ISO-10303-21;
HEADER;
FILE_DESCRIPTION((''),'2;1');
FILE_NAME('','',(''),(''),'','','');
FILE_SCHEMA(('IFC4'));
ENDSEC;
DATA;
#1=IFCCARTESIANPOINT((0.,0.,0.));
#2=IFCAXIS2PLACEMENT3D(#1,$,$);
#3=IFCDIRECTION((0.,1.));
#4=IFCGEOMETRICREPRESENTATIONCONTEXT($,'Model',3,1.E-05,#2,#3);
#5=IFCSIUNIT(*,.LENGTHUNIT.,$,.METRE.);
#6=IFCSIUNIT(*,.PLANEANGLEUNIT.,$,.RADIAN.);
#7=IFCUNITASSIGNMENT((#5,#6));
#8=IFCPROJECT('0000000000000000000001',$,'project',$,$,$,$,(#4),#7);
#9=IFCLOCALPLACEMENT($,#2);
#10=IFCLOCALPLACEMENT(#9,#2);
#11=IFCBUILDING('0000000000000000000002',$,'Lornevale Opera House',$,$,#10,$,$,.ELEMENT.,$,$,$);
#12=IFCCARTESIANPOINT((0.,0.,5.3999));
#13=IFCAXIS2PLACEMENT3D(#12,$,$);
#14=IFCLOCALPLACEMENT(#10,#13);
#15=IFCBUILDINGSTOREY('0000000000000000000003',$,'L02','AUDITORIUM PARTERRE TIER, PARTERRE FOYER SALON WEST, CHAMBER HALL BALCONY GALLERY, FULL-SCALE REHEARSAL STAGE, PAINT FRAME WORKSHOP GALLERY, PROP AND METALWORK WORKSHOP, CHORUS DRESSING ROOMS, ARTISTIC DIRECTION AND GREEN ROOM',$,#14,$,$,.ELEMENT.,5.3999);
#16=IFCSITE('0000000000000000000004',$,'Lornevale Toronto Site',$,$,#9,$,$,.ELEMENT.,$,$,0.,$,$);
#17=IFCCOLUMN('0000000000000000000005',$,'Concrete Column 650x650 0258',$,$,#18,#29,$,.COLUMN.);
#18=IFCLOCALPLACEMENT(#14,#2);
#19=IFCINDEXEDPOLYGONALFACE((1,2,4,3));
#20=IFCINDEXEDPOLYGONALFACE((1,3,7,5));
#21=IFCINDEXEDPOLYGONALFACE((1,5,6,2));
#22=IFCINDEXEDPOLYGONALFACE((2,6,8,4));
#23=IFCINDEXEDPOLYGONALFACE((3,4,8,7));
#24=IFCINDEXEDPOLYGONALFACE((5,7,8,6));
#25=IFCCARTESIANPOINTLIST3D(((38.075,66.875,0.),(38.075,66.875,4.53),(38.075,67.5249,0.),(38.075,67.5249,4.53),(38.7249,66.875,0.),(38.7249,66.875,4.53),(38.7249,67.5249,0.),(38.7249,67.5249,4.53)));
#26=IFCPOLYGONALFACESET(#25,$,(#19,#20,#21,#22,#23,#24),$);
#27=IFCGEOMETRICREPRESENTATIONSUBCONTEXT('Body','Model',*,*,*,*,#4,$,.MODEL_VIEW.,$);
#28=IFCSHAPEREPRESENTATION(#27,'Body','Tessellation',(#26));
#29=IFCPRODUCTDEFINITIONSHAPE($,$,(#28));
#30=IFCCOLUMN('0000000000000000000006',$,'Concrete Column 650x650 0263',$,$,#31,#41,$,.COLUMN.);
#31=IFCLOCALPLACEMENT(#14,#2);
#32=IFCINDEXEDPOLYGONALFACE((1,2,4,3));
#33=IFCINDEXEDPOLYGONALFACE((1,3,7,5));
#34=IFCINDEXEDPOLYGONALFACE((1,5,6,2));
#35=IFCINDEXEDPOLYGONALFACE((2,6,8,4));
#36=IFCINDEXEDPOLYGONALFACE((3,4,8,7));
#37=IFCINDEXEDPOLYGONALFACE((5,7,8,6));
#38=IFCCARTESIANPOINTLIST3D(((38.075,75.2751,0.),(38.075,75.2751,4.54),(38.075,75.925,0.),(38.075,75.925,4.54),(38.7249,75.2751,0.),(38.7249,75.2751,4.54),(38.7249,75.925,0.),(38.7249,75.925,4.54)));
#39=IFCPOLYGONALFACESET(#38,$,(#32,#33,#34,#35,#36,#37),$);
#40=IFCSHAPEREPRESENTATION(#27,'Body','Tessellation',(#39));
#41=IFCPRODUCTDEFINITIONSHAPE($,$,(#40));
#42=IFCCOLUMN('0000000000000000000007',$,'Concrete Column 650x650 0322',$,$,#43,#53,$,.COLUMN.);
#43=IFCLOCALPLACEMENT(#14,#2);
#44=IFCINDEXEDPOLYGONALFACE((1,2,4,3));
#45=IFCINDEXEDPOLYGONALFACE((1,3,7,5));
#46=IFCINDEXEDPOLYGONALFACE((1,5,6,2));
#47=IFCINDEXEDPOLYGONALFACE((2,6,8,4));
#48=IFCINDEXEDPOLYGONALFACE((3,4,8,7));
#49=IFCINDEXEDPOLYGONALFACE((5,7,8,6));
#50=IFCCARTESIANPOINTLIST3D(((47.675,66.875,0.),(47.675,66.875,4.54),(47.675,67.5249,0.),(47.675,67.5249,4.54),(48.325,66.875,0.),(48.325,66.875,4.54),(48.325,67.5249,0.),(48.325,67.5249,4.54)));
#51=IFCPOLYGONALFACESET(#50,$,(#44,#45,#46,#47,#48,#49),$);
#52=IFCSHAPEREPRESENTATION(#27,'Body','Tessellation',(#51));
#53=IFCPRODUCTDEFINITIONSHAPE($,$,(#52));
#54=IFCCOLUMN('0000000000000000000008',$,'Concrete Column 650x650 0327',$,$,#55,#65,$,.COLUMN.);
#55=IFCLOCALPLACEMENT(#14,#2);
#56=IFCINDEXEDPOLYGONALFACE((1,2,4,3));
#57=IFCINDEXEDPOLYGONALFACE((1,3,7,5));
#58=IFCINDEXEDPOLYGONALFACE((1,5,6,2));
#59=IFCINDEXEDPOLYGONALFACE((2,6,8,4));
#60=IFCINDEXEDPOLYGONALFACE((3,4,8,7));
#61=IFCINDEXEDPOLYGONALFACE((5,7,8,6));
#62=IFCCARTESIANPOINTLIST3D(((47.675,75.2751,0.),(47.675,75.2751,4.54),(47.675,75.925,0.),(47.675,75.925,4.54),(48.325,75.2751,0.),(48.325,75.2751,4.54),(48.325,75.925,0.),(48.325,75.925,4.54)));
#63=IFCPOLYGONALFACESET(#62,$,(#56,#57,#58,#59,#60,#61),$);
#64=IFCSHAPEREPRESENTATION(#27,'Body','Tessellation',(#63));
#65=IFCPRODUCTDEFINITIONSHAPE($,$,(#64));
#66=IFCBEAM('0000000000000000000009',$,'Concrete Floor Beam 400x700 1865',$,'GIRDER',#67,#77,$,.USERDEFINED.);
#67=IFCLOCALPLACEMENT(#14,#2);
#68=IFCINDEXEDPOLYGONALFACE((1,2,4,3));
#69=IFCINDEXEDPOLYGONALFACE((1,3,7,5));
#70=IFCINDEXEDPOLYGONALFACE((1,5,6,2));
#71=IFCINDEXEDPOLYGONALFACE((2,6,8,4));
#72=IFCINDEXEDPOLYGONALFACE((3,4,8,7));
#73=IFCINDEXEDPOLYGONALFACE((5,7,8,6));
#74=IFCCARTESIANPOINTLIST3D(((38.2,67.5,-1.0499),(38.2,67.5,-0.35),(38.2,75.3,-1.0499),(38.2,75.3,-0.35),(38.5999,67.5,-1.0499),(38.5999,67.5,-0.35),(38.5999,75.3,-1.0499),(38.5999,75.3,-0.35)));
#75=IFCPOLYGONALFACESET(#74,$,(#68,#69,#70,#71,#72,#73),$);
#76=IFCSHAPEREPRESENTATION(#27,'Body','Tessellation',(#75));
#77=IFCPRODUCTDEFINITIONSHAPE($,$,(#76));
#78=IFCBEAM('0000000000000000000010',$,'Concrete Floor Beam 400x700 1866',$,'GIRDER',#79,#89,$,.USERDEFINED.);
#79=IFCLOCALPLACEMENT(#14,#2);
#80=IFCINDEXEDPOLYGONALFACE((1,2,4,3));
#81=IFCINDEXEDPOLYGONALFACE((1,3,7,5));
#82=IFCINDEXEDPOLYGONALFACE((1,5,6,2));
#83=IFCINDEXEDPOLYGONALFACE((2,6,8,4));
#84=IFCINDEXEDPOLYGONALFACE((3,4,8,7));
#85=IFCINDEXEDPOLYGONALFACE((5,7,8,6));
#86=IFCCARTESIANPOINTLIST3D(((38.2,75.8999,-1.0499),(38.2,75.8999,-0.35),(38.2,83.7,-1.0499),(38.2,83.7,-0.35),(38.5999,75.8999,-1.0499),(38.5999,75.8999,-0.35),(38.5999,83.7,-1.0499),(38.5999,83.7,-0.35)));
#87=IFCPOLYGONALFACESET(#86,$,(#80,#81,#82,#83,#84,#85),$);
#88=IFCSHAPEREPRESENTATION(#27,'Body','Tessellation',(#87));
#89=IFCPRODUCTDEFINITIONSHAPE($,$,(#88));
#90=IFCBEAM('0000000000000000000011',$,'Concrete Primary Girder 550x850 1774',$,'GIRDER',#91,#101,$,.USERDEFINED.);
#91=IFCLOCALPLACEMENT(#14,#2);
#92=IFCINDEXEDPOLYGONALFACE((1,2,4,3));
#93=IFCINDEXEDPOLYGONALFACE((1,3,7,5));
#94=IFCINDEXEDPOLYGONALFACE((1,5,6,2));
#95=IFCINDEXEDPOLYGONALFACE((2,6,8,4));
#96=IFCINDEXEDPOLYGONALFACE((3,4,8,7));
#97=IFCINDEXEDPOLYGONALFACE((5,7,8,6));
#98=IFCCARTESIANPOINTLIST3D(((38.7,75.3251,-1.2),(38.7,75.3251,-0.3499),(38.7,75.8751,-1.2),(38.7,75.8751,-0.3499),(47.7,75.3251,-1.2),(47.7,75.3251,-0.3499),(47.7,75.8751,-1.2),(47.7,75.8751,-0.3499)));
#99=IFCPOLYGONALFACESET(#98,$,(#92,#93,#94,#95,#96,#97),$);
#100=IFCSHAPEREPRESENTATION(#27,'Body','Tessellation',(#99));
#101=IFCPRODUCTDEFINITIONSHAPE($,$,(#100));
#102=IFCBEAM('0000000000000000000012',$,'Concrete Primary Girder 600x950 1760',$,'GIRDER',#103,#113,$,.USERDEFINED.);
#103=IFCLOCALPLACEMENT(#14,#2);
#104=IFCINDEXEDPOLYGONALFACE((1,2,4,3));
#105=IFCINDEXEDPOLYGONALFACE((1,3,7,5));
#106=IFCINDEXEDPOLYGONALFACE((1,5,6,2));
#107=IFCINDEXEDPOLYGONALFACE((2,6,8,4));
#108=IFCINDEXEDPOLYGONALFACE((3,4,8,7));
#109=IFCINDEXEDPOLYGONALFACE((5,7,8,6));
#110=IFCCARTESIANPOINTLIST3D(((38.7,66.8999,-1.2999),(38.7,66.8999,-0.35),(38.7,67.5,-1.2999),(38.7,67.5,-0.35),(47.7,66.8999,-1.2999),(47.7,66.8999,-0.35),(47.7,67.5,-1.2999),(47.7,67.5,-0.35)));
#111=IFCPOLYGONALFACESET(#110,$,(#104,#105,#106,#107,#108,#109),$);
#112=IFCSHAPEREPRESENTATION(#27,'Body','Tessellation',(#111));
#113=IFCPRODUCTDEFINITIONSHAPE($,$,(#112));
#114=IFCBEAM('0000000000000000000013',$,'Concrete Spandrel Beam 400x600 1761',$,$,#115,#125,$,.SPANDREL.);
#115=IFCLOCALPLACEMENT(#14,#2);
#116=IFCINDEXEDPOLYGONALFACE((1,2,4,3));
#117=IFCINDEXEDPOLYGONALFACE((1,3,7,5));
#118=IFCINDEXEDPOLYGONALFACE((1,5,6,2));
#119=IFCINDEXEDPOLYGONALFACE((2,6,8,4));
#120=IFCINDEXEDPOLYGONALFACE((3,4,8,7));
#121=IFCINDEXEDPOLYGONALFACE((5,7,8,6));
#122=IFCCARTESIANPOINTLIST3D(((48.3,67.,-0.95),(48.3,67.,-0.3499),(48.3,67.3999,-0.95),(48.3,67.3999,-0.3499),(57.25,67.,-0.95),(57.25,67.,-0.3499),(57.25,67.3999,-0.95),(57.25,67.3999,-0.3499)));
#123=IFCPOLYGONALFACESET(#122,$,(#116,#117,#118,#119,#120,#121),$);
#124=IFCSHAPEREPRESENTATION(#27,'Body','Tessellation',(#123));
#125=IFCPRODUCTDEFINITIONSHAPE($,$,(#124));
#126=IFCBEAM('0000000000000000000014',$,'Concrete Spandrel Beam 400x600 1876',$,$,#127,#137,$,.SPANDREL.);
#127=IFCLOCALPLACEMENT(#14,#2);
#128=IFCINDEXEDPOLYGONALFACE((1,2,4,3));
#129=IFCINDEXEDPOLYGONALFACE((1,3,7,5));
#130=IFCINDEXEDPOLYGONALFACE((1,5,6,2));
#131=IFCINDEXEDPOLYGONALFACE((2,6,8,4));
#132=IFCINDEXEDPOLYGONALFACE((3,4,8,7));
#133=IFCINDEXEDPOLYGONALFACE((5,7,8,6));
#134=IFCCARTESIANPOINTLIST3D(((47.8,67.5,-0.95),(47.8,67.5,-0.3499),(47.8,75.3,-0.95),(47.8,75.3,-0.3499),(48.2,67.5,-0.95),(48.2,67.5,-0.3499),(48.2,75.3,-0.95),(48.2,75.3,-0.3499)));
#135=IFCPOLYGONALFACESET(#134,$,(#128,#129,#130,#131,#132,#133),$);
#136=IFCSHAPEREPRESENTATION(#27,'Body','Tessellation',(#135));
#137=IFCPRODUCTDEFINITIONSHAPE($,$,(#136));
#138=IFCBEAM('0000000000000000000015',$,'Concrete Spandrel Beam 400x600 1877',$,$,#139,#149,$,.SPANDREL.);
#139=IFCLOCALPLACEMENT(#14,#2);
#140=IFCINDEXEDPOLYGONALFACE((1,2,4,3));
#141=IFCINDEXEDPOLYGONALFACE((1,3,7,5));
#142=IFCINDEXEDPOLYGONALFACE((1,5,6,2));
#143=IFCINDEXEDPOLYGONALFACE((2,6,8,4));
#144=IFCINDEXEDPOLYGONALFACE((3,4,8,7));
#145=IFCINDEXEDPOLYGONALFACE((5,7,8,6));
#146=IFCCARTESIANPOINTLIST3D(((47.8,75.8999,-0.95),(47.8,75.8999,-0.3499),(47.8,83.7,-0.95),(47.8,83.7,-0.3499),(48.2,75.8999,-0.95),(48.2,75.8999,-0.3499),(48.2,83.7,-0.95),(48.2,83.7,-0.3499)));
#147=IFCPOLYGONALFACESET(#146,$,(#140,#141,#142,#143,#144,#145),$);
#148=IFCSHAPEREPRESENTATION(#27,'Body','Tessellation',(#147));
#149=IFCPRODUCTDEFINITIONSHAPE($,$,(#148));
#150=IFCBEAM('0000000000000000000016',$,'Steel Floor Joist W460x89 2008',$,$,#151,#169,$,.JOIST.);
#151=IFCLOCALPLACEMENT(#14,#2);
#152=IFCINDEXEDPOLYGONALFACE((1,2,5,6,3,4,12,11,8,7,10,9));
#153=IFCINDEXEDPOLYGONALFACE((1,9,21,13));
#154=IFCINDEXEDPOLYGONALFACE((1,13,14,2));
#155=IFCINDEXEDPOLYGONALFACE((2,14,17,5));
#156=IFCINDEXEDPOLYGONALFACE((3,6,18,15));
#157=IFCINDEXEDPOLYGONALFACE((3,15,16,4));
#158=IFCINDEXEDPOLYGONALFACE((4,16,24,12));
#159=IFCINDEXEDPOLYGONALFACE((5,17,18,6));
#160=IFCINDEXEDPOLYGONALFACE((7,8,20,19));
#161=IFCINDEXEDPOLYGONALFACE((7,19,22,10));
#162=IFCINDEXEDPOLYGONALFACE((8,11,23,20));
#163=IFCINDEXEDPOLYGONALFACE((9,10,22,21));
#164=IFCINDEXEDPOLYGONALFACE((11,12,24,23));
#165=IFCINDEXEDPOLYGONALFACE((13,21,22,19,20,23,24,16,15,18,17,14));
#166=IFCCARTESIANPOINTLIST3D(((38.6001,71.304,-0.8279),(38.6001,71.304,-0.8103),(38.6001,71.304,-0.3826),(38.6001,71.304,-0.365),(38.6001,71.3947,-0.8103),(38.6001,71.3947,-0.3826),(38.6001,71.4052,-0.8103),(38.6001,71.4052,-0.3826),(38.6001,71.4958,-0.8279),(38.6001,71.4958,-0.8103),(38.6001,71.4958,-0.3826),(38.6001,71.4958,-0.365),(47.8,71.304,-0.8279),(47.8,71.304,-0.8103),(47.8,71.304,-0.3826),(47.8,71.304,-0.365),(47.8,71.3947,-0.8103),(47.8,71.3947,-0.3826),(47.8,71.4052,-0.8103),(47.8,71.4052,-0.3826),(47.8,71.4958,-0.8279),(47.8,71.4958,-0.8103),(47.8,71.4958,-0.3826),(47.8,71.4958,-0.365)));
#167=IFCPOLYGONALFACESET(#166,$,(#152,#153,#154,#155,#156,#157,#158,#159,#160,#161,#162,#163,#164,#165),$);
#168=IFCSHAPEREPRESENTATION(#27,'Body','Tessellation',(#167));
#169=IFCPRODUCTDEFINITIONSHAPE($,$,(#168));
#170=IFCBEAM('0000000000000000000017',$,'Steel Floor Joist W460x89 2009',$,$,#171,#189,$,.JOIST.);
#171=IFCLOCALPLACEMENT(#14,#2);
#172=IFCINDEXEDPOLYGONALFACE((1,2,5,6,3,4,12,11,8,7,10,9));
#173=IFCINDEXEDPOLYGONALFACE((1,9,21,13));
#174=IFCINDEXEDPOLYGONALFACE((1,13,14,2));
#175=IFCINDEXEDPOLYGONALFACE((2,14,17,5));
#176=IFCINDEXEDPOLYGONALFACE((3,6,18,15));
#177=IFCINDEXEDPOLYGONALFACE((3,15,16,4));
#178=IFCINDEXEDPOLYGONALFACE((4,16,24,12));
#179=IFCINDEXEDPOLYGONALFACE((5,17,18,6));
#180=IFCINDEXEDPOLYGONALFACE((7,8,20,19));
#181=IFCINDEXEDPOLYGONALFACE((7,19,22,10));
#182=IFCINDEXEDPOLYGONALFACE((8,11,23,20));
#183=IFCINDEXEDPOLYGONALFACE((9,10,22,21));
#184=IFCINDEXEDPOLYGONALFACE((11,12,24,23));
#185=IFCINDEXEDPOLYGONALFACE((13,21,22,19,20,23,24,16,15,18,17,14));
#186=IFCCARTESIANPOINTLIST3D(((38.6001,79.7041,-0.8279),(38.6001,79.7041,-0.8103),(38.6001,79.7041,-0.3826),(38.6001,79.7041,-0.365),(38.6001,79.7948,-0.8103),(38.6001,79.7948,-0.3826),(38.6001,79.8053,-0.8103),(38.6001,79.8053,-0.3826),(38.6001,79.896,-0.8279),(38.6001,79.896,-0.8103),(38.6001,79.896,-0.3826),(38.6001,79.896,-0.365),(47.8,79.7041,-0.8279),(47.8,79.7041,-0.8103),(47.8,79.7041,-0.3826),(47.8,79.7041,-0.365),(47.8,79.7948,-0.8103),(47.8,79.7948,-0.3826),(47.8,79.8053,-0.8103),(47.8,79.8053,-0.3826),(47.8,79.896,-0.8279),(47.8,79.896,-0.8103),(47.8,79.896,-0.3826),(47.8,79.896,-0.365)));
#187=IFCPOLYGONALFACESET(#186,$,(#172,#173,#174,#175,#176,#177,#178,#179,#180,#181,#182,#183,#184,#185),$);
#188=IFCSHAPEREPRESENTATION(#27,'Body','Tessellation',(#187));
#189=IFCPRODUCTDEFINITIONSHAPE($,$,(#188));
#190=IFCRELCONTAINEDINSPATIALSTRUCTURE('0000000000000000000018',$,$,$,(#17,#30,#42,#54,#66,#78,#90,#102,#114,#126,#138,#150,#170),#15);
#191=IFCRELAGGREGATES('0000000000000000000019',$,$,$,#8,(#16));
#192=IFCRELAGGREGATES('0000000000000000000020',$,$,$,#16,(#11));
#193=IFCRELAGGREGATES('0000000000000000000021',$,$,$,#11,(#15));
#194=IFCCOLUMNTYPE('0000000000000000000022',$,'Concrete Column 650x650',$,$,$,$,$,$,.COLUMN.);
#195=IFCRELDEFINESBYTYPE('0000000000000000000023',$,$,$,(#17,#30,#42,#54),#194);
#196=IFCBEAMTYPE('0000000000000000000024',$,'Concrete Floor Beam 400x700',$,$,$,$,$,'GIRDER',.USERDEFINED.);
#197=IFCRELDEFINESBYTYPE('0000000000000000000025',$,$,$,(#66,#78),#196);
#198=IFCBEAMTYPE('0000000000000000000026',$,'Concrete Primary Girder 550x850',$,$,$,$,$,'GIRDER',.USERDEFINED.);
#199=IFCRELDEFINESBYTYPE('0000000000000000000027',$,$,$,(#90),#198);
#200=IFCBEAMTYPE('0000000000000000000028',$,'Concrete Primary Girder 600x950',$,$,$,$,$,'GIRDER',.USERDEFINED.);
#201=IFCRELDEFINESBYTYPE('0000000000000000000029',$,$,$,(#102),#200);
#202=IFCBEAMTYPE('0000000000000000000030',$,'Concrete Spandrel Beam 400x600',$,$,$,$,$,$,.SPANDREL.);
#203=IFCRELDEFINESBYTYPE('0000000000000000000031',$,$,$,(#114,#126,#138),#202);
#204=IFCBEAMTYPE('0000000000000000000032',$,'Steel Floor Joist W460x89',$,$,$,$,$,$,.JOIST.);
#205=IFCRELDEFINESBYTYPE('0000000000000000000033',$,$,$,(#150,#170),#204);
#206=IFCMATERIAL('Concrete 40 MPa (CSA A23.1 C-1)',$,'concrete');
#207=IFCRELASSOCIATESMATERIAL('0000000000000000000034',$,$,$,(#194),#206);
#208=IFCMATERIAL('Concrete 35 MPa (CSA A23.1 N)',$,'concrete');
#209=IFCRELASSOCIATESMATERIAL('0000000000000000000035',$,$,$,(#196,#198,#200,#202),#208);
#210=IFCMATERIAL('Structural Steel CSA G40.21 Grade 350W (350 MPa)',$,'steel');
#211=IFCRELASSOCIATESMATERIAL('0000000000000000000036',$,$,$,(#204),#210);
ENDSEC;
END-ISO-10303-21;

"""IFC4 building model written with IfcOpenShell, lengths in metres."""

from ifc_helpers import new_model, si_unit, direction, frame, origin, origin_2d, place, context, subcontext, project, spatial, rectangle, i_section, extrude, material, material_profile, profile_set, type_object, element, save


model = new_model("IFC4")

# Units and contexts
model_context = context("Model", 3, precision=1e-05, world=origin(), true_north=direction((0.0, 1.0)))
body_context = subcontext(model_context, "Body", "Model", "MODEL_VIEW")
ifc_project = project(units=[si_unit("LENGTHUNIT", "METRE"), si_unit("PLANEANGLEUNIT", "RADIAN")], contexts=[model_context])

# Site, building, storey
site_placement = place(None, origin())
site = spatial("IfcSite", under=ifc_project, at=site_placement, Name="Lornevale Toronto Site", CompositionType="ELEMENT", RefElevation=0.0)
building_placement = place(site_placement, origin())
building = spatial("IfcBuilding", under=site, at=building_placement, Name="Lornevale Opera House", CompositionType="ELEMENT")
storey_placement = place(building_placement, frame((0.0, 0.0, 5.3999)))
storey = spatial("IfcBuildingStorey", under=building, at=storey_placement, Name="L02", Description="AUDITORIUM PARTERRE TIER, PARTERRE FOYER SALON WEST, CHAMBER HALL BALCONY GALLERY, FULL-SCALE REHEARSAL STAGE, PAINT FRAME WORKSHOP GALLERY, PROP AND METALWORK WORKSHOP, CHORUS DRESSING ROOMS, ARTISTIC DIRECTION AND GREEN ROOM", CompositionType="ELEMENT", Elevation=5.3999)

# Columns
ifc_material_1 = material(Name="Concrete 40 MPa (CSA A23.1 C-1)", Category="concrete")
ifc_material_profile_1 = material_profile(ifc_material_1, rectangle(XDim=0.6499, YDim=0.6499, at=origin_2d()), Name="RC650x650")
ifc_profile_set_1 = profile_set([ifc_material_profile_1], Name="Concrete 40 MPa (CSA A23.1 C-1)")
column_type = type_object("IfcColumnType", Name="Concrete Column 650x650", PredefinedType="COLUMN", material=ifc_profile_set_1)
column_placement = place(storey_placement, frame((38.3999, 67.2, 0.0), z_axis=(0.0, 0.0, 1.0), x_axis=(1.0, 0.0, 0.0)))
element("IfcColumn", 1, at=column_placement, inside=storey, type_object=column_type, Name="Concrete Column 650x650 0258", PredefinedType="COLUMN", context=body_context, shape_type="SweptSolid", body=[
    extrude(rectangle(XDim=0.6499, YDim=0.6499, at=origin_2d()), origin(), (0.0, 0.0, 1.0), 4.53),
])
for number, where, z_axis, x_axis, name in (
    (2, (38.3999, 75.6001, 0.0), (0.0, 0.0, 1.0), (1.0, 0.0, 0.0), "Concrete Column 650x650 0263"),
    (3, (48.0, 67.2, 0.0), (0.0, 0.0, 1.0), (1.0, 0.0, 0.0), "Concrete Column 650x650 0322"),
    (4, (48.0, 75.6001, 0.0), (0.0, 0.0, 1.0), (1.0, 0.0, 0.0), "Concrete Column 650x650 0327"),
):
    element("IfcColumn", number, at=place(storey_placement, frame(where, z_axis=z_axis, x_axis=x_axis)), inside=storey, type_object=column_type, Name=name, PredefinedType="COLUMN", context=body_context, shape_type="SweptSolid", body=[
        extrude(rectangle(XDim=0.6499, YDim=0.6499, at=origin_2d()), origin(), (0.0, 0.0, 1.0), 4.54),
    ])

# Beams
ifc_material_2 = material(Name="Concrete 35 MPa (CSA A23.1 N)", Category="concrete")
ifc_material_profile_2 = material_profile(ifc_material_2, rectangle(XDim=0.3999, YDim=0.7, at=origin_2d()), Name="RC400x700")
ifc_profile_set_2 = profile_set([ifc_material_profile_2], Name="Concrete 35 MPa (CSA A23.1 N)")
beam_type_1 = type_object("IfcBeamType", Name="Concrete Floor Beam 400x700", ElementType="GIRDER", PredefinedType="USERDEFINED", material=ifc_profile_set_2)
for number, where, z_axis, x_axis, name in (
    (5, (38.3999, 67.5, -0.7), (0.0, 1.0, 0.0), (-1.0, 0.0, 0.0), "Concrete Floor Beam 400x700 1865"),
    (6, (38.3999, 75.8999, -0.7), (0.0, 1.0, 0.0), (-1.0, 0.0, 0.0), "Concrete Floor Beam 400x700 1866"),
):
    element("IfcBeam", number, at=place(storey_placement, frame(where, z_axis=z_axis, x_axis=x_axis)), inside=storey, type_object=beam_type_1, Name=name, ObjectType="GIRDER", PredefinedType="USERDEFINED", context=body_context, shape_type="SweptSolid", body=[
        extrude(rectangle(XDim=0.3999, YDim=0.7, at=origin_2d()), origin(), (0.0, 0.0, 1.0), 7.8),
    ])
ifc_material_profile_3 = material_profile(ifc_material_2, rectangle(XDim=0.55, YDim=0.8501, at=origin_2d()), Name="RC550x850")
ifc_profile_set_3 = profile_set([ifc_material_profile_3], Name="Concrete 35 MPa (CSA A23.1 N)")
beam_type_2 = type_object("IfcBeamType", Name="Concrete Primary Girder 550x850", ElementType="GIRDER", PredefinedType="USERDEFINED", material=ifc_profile_set_3)
beam_1_placement = place(storey_placement, frame((38.7, 75.6001, -0.7749), z_axis=(1.0, 0.0, 0.0), x_axis=(0.0, 1.0, 0.0)))
element("IfcBeam", 7, at=beam_1_placement, inside=storey, type_object=beam_type_2, Name="Concrete Primary Girder 550x850 1774", ObjectType="GIRDER", PredefinedType="USERDEFINED", context=body_context, shape_type="SweptSolid", body=[
    extrude(rectangle(XDim=0.55, YDim=0.8501, at=origin_2d()), origin(), (0.0, 0.0, 1.0), 9.0),
])
ifc_material_profile_4 = material_profile(ifc_material_2, rectangle(XDim=0.6001, YDim=0.95, at=origin_2d()), Name="RC600x950")
ifc_profile_set_4 = profile_set([ifc_material_profile_4], Name="Concrete 35 MPa (CSA A23.1 N)")
beam_type_3 = type_object("IfcBeamType", Name="Concrete Primary Girder 600x950", ElementType="GIRDER", PredefinedType="USERDEFINED", material=ifc_profile_set_4)
beam_2_placement = place(storey_placement, frame((38.7, 67.2, -0.825), z_axis=(1.0, 0.0, 0.0), x_axis=(0.0, 1.0, 0.0)))
element("IfcBeam", 8, at=beam_2_placement, inside=storey, type_object=beam_type_3, Name="Concrete Primary Girder 600x950 1760", ObjectType="GIRDER", PredefinedType="USERDEFINED", context=body_context, shape_type="SweptSolid", body=[
    extrude(rectangle(XDim=0.6001, YDim=0.95, at=origin_2d()), origin(), (0.0, 0.0, 1.0), 9.0),
])
ifc_material_profile_5 = material_profile(ifc_material_2, rectangle(XDim=0.3999, YDim=0.6001, at=origin_2d()), Name="RC400x600")
ifc_profile_set_5 = profile_set([ifc_material_profile_5], Name="Concrete 35 MPa (CSA A23.1 N)")
beam_type_4 = type_object("IfcBeamType", Name="Concrete Spandrel Beam 400x600", PredefinedType="SPANDREL", material=ifc_profile_set_5)
beam_3_placement = place(storey_placement, frame((48.3, 67.2, -0.6499), z_axis=(1.0, 0.0, 0.0), x_axis=(0.0, 1.0, 0.0)))
element("IfcBeam", 9, at=beam_3_placement, inside=storey, type_object=beam_type_4, Name="Concrete Spandrel Beam 400x600 1761", PredefinedType="SPANDREL", context=body_context, shape_type="SweptSolid", body=[
    extrude(rectangle(XDim=0.3999, YDim=0.6001, at=origin_2d()), origin(), (0.0, 0.0, 1.0), 8.95),
])
for number, where, z_axis, x_axis, name in (
    (10, (48.0, 67.5, -0.6499), (0.0, 1.0, 0.0), (-1.0, 0.0, 0.0), "Concrete Spandrel Beam 400x600 1876"),
    (11, (48.0, 75.8999, -0.6499), (0.0, 1.0, 0.0), (-1.0, 0.0, 0.0), "Concrete Spandrel Beam 400x600 1877"),
):
    element("IfcBeam", number, at=place(storey_placement, frame(where, z_axis=z_axis, x_axis=x_axis)), inside=storey, type_object=beam_type_4, Name=name, PredefinedType="SPANDREL", context=body_context, shape_type="SweptSolid", body=[
        extrude(rectangle(XDim=0.3999, YDim=0.6001, at=origin_2d()), origin(), (0.0, 0.0, 1.0), 7.8),
    ])
ifc_material_3 = material(Name="Structural Steel CSA G40.21 Grade 350W (350 MPa)", Category="steel")
ifc_material_profile_6 = material_profile(ifc_material_3, i_section(OverallWidth=0.1919, OverallDepth=0.4629, WebThickness=0.0105, FlangeThickness=0.0176, at=origin_2d()), Name="W460x89")
ifc_profile_set_6 = profile_set([ifc_material_profile_6], Name="Structural Steel CSA G40.21 Grade 350W (350 MPa)")
beam_type_5 = type_object("IfcBeamType", Name="Steel Floor Joist W460x89", PredefinedType="JOIST", material=ifc_profile_set_6)
for number, where, z_axis, x_axis, name in (
    (12, (38.6001, 71.3999, -0.5964), (1.0, 0.0, 0.0), (0.0, 1.0, 0.0), "Steel Floor Joist W460x89 2008"),
    (13, (38.6001, 79.8, -0.5964), (1.0, 0.0, 0.0), (0.0, 1.0, 0.0), "Steel Floor Joist W460x89 2009"),
):
    element("IfcBeam", number, at=place(storey_placement, frame(where, z_axis=z_axis, x_axis=x_axis)), inside=storey, type_object=beam_type_5, Name=name, PredefinedType="JOIST", context=body_context, shape_type="SweptSolid", body=[
        extrude(i_section(OverallWidth=0.1919, OverallDepth=0.4629, WebThickness=0.0105, FlangeThickness=0.0176, at=origin_2d()), origin(), (0.0, 0.0, 1.0), 9.2),
    ])

save(model, "model.ifc")
